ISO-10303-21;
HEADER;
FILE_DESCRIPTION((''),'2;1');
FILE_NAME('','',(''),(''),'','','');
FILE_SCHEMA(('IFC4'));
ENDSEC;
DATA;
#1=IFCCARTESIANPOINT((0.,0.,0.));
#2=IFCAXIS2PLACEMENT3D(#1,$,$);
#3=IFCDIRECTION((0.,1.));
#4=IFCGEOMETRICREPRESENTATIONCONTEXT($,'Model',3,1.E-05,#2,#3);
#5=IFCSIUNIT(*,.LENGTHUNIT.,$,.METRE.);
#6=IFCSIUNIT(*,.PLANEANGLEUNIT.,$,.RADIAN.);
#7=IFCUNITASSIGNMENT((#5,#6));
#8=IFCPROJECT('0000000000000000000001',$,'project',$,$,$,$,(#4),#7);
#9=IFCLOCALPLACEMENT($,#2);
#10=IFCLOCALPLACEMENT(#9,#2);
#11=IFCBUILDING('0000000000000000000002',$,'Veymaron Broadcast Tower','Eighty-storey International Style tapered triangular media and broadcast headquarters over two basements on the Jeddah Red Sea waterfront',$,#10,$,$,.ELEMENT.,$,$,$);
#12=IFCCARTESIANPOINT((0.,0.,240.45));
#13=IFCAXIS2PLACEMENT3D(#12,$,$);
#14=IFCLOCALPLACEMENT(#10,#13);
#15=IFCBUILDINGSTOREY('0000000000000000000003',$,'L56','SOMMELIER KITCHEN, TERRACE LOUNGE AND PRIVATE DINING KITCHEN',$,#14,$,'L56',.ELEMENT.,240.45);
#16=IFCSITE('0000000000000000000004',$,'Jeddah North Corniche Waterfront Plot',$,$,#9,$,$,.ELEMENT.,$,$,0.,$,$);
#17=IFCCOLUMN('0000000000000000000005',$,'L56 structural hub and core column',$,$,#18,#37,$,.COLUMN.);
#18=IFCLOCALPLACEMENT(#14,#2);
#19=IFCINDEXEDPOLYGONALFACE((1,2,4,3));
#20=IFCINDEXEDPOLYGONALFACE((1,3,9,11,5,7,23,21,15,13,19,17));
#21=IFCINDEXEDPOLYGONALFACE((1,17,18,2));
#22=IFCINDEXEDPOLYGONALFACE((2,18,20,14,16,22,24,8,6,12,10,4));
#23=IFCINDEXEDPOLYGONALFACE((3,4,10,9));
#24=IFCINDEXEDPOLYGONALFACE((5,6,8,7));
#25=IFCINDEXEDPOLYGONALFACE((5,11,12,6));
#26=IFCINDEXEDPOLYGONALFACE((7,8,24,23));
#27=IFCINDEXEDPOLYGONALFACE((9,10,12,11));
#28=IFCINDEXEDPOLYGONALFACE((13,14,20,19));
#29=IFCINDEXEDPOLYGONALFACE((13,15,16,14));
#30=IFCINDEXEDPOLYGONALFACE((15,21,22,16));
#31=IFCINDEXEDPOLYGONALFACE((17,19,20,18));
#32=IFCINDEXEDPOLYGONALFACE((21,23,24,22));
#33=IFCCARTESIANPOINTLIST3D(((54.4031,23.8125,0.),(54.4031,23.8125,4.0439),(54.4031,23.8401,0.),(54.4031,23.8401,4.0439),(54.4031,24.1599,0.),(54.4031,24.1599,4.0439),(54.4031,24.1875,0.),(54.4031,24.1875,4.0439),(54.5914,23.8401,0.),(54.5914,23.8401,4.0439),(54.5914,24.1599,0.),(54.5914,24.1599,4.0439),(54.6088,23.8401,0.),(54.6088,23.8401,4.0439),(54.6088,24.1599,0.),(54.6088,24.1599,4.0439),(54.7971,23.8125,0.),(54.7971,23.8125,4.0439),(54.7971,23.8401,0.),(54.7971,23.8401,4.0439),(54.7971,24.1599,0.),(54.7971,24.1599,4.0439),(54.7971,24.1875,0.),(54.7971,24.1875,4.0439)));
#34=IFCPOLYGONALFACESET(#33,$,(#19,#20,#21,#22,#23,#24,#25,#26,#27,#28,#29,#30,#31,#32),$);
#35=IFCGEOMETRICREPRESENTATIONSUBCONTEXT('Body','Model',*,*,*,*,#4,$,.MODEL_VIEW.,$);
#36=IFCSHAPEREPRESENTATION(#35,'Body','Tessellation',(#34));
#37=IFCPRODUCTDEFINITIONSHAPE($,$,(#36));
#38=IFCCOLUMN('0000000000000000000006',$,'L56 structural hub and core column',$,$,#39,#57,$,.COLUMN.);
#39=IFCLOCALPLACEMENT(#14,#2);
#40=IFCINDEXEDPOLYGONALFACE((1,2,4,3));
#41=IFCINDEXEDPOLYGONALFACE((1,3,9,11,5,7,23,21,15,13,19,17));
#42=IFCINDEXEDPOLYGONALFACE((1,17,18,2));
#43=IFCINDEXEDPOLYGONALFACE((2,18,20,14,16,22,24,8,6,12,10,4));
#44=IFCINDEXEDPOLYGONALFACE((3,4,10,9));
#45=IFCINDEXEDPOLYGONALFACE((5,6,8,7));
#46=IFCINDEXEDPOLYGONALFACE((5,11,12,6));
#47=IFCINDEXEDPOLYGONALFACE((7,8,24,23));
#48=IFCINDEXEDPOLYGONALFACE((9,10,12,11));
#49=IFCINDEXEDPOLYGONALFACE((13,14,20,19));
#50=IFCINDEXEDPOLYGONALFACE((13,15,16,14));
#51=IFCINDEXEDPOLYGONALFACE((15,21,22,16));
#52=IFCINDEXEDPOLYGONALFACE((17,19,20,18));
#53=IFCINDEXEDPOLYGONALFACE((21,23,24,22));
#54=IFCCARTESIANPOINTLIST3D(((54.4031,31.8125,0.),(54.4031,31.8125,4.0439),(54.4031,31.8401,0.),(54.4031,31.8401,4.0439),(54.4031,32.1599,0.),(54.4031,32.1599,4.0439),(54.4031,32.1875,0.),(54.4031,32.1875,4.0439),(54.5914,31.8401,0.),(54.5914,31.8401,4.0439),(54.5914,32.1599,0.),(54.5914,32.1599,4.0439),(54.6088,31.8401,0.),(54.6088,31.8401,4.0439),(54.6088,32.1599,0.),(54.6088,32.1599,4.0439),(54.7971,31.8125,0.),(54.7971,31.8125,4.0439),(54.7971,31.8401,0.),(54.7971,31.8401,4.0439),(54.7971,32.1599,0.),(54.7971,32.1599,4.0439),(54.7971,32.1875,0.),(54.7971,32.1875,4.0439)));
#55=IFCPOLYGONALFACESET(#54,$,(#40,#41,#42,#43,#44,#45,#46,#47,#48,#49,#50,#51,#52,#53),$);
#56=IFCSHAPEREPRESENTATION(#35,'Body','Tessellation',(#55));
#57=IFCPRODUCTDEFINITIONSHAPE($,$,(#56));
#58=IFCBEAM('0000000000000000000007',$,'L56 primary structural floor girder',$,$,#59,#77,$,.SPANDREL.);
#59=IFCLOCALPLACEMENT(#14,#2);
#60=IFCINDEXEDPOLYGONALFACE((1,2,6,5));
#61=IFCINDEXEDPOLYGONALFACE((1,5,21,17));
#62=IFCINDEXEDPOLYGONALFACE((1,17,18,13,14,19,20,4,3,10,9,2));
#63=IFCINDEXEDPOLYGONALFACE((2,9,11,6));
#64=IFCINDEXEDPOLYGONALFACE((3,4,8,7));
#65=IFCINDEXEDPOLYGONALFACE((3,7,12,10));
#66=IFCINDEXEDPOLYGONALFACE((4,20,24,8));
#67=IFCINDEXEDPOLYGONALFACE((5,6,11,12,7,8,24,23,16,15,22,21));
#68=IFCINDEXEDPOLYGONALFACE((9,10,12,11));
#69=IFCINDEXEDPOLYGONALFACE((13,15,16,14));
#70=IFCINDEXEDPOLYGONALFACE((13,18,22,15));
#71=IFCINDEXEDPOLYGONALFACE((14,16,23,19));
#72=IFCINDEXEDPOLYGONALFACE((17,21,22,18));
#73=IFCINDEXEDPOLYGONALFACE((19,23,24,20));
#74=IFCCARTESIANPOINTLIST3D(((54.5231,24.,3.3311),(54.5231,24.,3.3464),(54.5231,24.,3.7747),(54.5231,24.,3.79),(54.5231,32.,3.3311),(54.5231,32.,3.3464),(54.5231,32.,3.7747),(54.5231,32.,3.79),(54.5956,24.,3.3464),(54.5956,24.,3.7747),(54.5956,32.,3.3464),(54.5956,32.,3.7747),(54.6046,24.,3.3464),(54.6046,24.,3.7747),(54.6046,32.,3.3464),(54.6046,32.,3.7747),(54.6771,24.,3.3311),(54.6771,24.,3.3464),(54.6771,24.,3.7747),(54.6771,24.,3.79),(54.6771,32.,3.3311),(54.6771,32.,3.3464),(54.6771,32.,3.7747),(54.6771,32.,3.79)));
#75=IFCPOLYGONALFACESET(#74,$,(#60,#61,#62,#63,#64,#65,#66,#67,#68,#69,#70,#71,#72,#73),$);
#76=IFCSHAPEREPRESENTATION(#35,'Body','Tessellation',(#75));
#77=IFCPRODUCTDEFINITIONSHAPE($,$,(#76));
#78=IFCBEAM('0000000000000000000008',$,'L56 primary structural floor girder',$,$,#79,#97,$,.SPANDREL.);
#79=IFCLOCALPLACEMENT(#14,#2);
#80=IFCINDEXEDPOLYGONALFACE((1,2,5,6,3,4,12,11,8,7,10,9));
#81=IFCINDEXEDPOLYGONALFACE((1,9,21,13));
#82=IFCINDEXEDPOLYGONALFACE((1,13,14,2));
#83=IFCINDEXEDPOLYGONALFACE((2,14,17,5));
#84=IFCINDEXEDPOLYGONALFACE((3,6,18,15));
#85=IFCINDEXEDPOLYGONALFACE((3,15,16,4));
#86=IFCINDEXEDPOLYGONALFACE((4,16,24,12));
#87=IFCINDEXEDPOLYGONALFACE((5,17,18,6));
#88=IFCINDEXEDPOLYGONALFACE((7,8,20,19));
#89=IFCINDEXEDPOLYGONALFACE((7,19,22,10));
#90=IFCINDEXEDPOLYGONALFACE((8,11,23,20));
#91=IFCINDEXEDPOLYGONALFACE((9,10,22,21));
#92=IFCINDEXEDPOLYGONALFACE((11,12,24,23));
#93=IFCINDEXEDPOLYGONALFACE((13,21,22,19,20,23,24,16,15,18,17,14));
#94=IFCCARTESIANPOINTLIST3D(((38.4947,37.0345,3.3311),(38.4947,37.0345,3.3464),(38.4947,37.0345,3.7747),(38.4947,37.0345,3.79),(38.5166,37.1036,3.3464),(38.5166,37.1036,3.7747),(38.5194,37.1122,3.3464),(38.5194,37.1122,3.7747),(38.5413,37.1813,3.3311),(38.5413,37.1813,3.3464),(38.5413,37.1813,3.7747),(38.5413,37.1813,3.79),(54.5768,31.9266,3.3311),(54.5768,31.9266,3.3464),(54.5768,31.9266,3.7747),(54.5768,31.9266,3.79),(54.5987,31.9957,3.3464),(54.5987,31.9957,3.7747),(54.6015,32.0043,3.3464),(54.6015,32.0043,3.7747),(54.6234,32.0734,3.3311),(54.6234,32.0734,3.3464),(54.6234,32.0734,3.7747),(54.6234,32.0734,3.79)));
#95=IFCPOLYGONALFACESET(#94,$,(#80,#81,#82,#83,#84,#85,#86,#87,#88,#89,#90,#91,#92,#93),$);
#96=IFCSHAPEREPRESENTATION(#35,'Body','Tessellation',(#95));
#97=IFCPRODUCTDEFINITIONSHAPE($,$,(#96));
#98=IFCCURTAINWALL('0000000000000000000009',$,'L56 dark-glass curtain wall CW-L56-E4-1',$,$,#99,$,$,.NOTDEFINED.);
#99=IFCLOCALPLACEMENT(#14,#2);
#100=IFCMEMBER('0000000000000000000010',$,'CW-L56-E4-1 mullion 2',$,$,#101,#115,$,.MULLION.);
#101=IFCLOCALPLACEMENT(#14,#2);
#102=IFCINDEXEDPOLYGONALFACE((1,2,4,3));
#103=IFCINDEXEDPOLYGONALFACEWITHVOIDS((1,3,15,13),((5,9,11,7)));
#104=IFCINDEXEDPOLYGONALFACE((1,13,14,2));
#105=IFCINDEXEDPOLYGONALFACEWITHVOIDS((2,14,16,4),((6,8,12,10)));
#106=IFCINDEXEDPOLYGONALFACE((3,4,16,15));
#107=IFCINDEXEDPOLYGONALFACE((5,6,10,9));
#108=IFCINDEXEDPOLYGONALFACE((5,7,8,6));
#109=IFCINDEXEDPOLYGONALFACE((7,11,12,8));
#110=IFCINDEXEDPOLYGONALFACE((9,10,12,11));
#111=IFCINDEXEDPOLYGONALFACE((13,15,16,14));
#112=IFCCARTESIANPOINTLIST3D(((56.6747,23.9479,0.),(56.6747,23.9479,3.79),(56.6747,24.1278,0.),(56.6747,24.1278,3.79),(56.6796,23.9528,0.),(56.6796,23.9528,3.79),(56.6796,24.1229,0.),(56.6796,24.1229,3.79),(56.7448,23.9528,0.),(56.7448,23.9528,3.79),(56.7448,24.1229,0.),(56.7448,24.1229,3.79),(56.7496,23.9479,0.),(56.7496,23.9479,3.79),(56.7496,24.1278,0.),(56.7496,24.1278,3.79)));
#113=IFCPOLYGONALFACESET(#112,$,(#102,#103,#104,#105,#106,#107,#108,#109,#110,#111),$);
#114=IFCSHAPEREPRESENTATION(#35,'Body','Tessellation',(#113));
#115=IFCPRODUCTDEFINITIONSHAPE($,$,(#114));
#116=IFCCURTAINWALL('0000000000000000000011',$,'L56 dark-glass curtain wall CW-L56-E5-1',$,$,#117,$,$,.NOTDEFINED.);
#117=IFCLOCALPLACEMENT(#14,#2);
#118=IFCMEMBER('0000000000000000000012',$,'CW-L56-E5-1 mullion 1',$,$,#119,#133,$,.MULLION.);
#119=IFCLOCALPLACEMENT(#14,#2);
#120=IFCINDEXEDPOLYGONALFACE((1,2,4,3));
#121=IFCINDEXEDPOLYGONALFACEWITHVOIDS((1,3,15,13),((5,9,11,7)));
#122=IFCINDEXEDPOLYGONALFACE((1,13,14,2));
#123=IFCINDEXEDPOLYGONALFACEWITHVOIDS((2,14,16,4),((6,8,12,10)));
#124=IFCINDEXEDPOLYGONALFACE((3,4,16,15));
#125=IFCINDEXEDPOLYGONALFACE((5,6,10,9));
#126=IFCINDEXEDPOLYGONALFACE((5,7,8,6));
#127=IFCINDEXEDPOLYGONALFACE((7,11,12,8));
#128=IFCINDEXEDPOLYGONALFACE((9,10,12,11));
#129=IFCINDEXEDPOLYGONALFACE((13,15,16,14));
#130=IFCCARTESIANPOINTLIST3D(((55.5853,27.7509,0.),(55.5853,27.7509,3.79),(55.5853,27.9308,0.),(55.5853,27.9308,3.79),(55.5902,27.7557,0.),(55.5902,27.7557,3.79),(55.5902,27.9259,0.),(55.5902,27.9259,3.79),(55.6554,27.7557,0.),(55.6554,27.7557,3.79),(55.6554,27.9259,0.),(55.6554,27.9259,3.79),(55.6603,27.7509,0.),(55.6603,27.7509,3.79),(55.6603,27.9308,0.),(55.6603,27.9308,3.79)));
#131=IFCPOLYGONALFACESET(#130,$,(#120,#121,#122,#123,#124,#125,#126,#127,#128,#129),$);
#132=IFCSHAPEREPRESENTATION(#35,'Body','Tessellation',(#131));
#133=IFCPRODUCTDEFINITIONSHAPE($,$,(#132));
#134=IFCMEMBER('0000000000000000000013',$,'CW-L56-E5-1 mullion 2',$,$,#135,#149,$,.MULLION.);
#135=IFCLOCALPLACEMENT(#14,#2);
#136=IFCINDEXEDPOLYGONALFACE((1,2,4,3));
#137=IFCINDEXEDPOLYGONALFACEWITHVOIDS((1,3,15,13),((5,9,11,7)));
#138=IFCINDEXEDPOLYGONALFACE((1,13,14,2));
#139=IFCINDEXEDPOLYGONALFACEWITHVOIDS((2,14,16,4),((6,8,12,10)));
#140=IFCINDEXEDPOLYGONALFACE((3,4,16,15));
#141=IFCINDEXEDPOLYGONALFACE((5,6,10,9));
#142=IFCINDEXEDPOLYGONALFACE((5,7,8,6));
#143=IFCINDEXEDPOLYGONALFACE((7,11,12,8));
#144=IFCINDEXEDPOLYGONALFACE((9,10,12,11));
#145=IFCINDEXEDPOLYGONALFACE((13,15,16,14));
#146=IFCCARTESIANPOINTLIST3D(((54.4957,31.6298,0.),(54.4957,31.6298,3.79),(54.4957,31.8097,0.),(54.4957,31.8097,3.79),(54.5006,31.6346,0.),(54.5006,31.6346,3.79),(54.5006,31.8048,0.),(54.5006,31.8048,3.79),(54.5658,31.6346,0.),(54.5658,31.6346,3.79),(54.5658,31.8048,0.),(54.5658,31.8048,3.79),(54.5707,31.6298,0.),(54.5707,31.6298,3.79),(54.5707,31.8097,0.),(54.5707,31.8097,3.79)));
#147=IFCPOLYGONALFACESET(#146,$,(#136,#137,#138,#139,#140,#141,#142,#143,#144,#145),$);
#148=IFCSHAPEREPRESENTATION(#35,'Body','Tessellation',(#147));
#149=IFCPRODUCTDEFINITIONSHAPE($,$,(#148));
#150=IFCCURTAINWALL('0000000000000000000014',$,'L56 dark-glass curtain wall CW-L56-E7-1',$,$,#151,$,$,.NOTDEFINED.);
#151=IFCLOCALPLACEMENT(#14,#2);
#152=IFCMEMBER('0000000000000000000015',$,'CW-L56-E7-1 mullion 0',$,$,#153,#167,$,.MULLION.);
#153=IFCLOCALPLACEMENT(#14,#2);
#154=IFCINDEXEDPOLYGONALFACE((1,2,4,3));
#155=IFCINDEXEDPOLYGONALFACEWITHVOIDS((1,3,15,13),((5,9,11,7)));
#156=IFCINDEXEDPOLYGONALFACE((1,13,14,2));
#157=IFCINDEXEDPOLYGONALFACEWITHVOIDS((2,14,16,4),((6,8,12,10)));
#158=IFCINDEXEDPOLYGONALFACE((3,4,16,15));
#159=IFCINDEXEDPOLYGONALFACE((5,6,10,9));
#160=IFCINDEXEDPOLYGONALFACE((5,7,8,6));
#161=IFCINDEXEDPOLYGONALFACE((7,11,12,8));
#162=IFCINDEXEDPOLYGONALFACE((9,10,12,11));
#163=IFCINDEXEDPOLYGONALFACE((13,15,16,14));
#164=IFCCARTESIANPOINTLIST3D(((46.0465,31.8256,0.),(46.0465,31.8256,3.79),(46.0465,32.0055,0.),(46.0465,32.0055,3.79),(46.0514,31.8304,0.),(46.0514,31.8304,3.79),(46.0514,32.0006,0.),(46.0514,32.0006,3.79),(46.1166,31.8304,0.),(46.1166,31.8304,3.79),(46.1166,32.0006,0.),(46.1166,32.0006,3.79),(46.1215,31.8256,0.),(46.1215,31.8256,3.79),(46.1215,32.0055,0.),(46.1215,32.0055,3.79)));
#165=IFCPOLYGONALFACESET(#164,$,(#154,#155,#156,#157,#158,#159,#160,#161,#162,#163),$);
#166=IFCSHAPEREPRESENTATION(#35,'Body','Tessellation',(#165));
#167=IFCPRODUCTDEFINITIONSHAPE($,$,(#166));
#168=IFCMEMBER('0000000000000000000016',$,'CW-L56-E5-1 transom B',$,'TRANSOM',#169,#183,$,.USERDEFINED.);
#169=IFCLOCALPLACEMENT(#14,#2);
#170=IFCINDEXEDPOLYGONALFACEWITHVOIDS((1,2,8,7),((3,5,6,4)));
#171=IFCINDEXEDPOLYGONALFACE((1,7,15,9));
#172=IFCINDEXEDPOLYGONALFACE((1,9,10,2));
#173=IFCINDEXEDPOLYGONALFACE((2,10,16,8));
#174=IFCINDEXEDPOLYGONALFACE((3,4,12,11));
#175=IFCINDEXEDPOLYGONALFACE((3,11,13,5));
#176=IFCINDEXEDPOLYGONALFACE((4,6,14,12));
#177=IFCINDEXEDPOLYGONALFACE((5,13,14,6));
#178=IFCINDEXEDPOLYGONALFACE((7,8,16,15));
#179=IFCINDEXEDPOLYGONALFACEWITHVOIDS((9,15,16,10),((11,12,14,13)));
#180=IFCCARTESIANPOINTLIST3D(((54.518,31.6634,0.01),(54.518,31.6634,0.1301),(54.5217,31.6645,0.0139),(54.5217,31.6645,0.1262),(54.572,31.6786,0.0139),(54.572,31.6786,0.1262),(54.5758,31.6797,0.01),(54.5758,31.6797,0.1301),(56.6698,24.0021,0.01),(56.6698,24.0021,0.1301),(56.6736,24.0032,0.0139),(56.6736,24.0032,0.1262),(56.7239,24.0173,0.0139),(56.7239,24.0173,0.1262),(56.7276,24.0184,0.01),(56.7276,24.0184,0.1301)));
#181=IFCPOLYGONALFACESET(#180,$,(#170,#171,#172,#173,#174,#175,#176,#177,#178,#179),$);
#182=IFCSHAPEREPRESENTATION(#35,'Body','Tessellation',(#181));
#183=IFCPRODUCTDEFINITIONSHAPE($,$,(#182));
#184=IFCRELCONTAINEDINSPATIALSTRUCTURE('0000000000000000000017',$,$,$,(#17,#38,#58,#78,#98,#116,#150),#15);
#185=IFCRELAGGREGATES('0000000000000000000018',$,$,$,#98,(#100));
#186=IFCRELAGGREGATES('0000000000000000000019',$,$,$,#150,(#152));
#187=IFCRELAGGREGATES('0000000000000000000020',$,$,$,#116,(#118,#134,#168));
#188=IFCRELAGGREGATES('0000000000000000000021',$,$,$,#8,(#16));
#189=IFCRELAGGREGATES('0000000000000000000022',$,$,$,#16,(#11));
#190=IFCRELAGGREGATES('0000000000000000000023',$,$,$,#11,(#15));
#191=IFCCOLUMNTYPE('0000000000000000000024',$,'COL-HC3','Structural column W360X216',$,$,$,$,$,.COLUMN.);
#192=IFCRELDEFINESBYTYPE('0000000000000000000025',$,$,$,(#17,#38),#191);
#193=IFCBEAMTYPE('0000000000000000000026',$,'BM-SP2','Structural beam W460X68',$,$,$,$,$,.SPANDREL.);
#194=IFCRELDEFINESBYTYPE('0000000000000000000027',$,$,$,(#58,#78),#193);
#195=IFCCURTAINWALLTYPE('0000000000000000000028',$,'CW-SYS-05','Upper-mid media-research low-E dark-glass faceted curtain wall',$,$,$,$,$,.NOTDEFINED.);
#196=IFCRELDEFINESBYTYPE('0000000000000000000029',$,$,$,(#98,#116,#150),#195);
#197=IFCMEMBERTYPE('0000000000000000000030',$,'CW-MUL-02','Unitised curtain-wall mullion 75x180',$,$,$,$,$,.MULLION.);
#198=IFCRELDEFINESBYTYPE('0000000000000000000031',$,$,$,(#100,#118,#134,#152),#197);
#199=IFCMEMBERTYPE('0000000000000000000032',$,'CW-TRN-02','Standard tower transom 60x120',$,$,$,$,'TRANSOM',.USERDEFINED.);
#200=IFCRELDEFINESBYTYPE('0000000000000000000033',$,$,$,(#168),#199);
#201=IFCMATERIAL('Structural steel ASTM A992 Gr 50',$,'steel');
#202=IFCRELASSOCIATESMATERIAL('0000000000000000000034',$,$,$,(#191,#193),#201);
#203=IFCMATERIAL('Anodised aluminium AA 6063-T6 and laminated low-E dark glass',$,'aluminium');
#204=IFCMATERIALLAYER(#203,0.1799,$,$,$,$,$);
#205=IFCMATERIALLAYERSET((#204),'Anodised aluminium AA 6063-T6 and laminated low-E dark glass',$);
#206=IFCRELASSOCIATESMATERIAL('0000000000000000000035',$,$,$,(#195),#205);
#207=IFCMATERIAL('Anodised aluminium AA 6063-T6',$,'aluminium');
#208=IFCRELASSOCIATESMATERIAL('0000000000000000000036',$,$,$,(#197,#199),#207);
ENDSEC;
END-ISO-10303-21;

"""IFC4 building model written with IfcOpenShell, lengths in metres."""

from ifc_helpers import new_model, si_unit, direction, frame, origin, origin_2d, place, context, subcontext, project, spatial, hollow_rectangle, i_section, extrude, material, layer, layer_set, material_profile, profile_set, type_object, element, aggregate, save


model = new_model("IFC4")

# Units and contexts
model_context = context("Model", 3, precision=1e-05, world=origin(), true_north=direction((0.0, 1.0)))
body_context = subcontext(model_context, "Body", "Model", "MODEL_VIEW")
ifc_project = project(units=[si_unit("LENGTHUNIT", "METRE"), si_unit("PLANEANGLEUNIT", "RADIAN")], contexts=[model_context])

# Site, building, storey
site_placement = place(None, origin())
site = spatial("IfcSite", under=ifc_project, at=site_placement, Name="Jeddah North Corniche Waterfront Plot", CompositionType="ELEMENT", RefElevation=0.0)
building_placement = place(site_placement, origin())
building = spatial("IfcBuilding", under=site, at=building_placement, Name="Veymaron Broadcast Tower", Description="Eighty-storey International Style tapered triangular media and broadcast headquarters over two basements on the Jeddah Red Sea waterfront", CompositionType="ELEMENT")
storey_placement = place(building_placement, frame((0.0, 0.0, 240.45)))
storey = spatial("IfcBuildingStorey", under=building, at=storey_placement, Name="L56", Description="SOMMELIER KITCHEN, TERRACE LOUNGE AND PRIVATE DINING KITCHEN", LongName="L56", CompositionType="ELEMENT", Elevation=240.45)

# Columns
ifc_material_1 = material(Name="Structural steel ASTM A992 Gr 50", Category="steel")
ifc_material_profile_1 = material_profile(ifc_material_1, i_section(OverallWidth=0.394, OverallDepth=0.375, WebThickness=0.0173, FlangeThickness=0.0276, at=origin_2d()), Name="W360X216")
ifc_profile_set_1 = profile_set([ifc_material_profile_1], Name="Structural steel ASTM A992 Gr 50")
column_type = type_object("IfcColumnType", Name="COL-HC3", Description="Structural column W360X216", PredefinedType="COLUMN", material=ifc_profile_set_1)
for number, where, z_axis, x_axis, name in (
    (1, (54.6001, 24.0, 0.0), (0.0, 0.0, 1.0), (1.0, 0.0, 0.0), "L56 structural hub and core column"),
    (2, (54.6001, 32.0, 0.0), (0.0, 0.0, 1.0), (1.0, 0.0, 0.0), "L56 structural hub and core column"),
):
    element("IfcColumn", number, at=place(storey_placement, frame(where, z_axis=z_axis, x_axis=x_axis)), inside=storey, type_object=column_type, Name=name, PredefinedType="COLUMN", context=body_context, shape_type="SweptSolid", body=[
        extrude(i_section(OverallWidth=0.394, OverallDepth=0.375, WebThickness=0.0173, FlangeThickness=0.0276, at=origin_2d()), origin(), (0.0, 0.0, 1.0), 4.0439),
    ])

# Beams
ifc_material_profile_2 = material_profile(ifc_material_1, i_section(OverallWidth=0.1541, OverallDepth=0.459, WebThickness=0.009, FlangeThickness=0.0154, at=origin_2d()), Name="W460X68")
ifc_profile_set_2 = profile_set([ifc_material_profile_2], Name="Structural steel ASTM A992 Gr 50")
beam_type = type_object("IfcBeamType", Name="BM-SP2", Description="Structural beam W460X68", PredefinedType="SPANDREL", material=ifc_profile_set_2)
beam_1_placement = place(storey_placement, frame((54.6001, 24.0, 3.5605), z_axis=(0.0, 1.0, 0.0), x_axis=(-1.0, 0.0, 0.0)))
element("IfcBeam", 3, at=beam_1_placement, inside=storey, type_object=beam_type, Name="L56 primary structural floor girder", PredefinedType="SPANDREL", context=body_context, shape_type="SweptSolid", body=[
    extrude(i_section(OverallWidth=0.1541, OverallDepth=0.459, WebThickness=0.009, FlangeThickness=0.0154, at=origin_2d()), origin(), (0.0, 0.0, 1.0), 8.0),
])
beam_2_placement = place(storey_placement, frame((54.6001, 32.0, 3.5605), z_axis=(-0.953081, 0.302714, 0.0), x_axis=(-0.302714, -0.953081, 0.0)))
element("IfcBeam", 4, at=beam_2_placement, inside=storey, type_object=beam_type, Name="L56 primary structural floor girder", PredefinedType="SPANDREL", context=body_context, shape_type="SweptSolid", body=[
    extrude(i_section(OverallWidth=0.1541, OverallDepth=0.459, WebThickness=0.009, FlangeThickness=0.0154, at=origin_2d()), origin(), (0.0, 0.0, 1.0), 16.8738),
])

# Curtain wall, member
ifc_material_2 = material(Name="Anodised aluminium AA 6063-T6 and laminated low-E dark glass", Category="aluminium")
ifc_layer_1 = layer(ifc_material_2, 0.1799)
ifc_layer_set_1 = layer_set([ifc_layer_1], Name="Anodised aluminium AA 6063-T6 and laminated low-E dark glass")
curtain_wall_type = type_object("IfcCurtainWallType", Name="CW-SYS-05", Description="Upper-mid media-research low-E dark-glass faceted curtain wall", PredefinedType="NOTDEFINED", material=ifc_layer_set_1)
curtain_wall_1_placement = place(storey_placement, origin())
curtain_wall_1 = element("IfcCurtainWall", 5, at=curtain_wall_1_placement, inside=storey, type_object=curtain_wall_type, Name="L56 dark-glass curtain wall CW-L56-E4-1", PredefinedType="NOTDEFINED")
ifc_material_3 = material(Name="Anodised aluminium AA 6063-T6", Category="aluminium")
ifc_material_profile_3 = material_profile(ifc_material_3, hollow_rectangle(XDim=0.075, YDim=0.1799, WallThickness=0.0049, at=origin_2d()), Name="AL180X75X5")
ifc_profile_set_3 = profile_set([ifc_material_profile_3], Name="Anodised aluminium AA 6063-T6")
member_type_1 = type_object("IfcMemberType", Name="CW-MUL-02", Description="Unitised curtain-wall mullion 75x180", PredefinedType="MULLION", material=ifc_profile_set_3)
member_1_placement = place(storey_placement, frame((56.7122, 24.0378, 0.0), z_axis=(0.0, 0.0, 1.0), x_axis=(1.0, 0.0, 0.0)))
member_1 = element("IfcMember", 6, at=member_1_placement, type_object=member_type_1, Name="CW-L56-E4-1 mullion 2", PredefinedType="MULLION", context=body_context, shape_type="SweptSolid", body=[
    extrude(hollow_rectangle(XDim=0.075, YDim=0.1799, WallThickness=0.0049, at=origin_2d()), origin(), (0.0, 0.0, 1.0), 3.79),
])
aggregate(curtain_wall_1, [member_1])

# Curtain wall, members
curtain_wall_2_placement = place(storey_placement, origin())
curtain_wall_2 = element("IfcCurtainWall", 7, at=curtain_wall_2_placement, inside=storey, type_object=curtain_wall_type, Name="L56 dark-glass curtain wall CW-L56-E5-1", PredefinedType="NOTDEFINED")
member_2_placement = place(storey_placement, frame((55.6228, 27.8408, 0.0), z_axis=(0.0, 0.0, 1.0), x_axis=(1.0, 0.0, 0.0)))
member_2 = element("IfcMember", 8, at=member_2_placement, type_object=member_type_1, Name="CW-L56-E5-1 mullion 1", PredefinedType="MULLION", context=body_context, shape_type="SweptSolid", body=[
    extrude(hollow_rectangle(XDim=0.075, YDim=0.1799, WallThickness=0.0049, at=origin_2d()), origin(), (0.0, 0.0, 1.0), 3.79),
])
member_3_placement = place(storey_placement, frame((54.5332, 31.7197, 0.0), z_axis=(0.0, 0.0, 1.0), x_axis=(1.0, 0.0, 0.0)))
member_3 = element("IfcMember", 9, at=member_3_placement, type_object=member_type_1, Name="CW-L56-E5-1 mullion 2", PredefinedType="MULLION", context=body_context, shape_type="SweptSolid", body=[
    extrude(hollow_rectangle(XDim=0.075, YDim=0.1799, WallThickness=0.0049, at=origin_2d()), origin(), (0.0, 0.0, 1.0), 3.79),
])

# Curtain wall, member
curtain_wall_3_placement = place(storey_placement, origin())
curtain_wall_3 = element("IfcCurtainWall", 10, at=curtain_wall_3_placement, inside=storey, type_object=curtain_wall_type, Name="L56 dark-glass curtain wall CW-L56-E7-1", PredefinedType="NOTDEFINED")
member_4_placement = place(storey_placement, frame((46.084, 31.9155, 0.0), z_axis=(0.0, 0.0, 1.0), x_axis=(1.0, 0.0, 0.0)))
member_4 = element("IfcMember", 11, at=member_4_placement, type_object=member_type_1, Name="CW-L56-E7-1 mullion 0", PredefinedType="MULLION", context=body_context, shape_type="SweptSolid", body=[
    extrude(hollow_rectangle(XDim=0.075, YDim=0.1799, WallThickness=0.0049, at=origin_2d()), origin(), (0.0, 0.0, 1.0), 3.79),
])

# Member
ifc_material_profile_4 = material_profile(ifc_material_3, hollow_rectangle(XDim=0.0601, YDim=0.1201, WallThickness=0.0039, at=origin_2d()), Name="AL120X60X4")
ifc_profile_set_4 = profile_set([ifc_material_profile_4], Name="Anodised aluminium AA 6063-T6")
member_type_2 = type_object("IfcMemberType", Name="CW-TRN-02", Description="Standard tower transom 60x120", ElementType="TRANSOM", PredefinedType="USERDEFINED", material=ifc_profile_set_4)
member_5_placement = place(storey_placement, frame((56.6987, 24.0103, 0.0701), z_axis=(-0.270407, 0.962746, 0.0), x_axis=(-0.962746, -0.270407, 0.0)))
member_5 = element("IfcMember", 12, at=member_5_placement, type_object=member_type_2, Name="CW-L56-E5-1 transom B", ObjectType="TRANSOM", PredefinedType="USERDEFINED", context=body_context, shape_type="SweptSolid", body=[
    extrude(hollow_rectangle(XDim=0.0601, YDim=0.1201, WallThickness=0.0039, at=origin_2d()), origin(), (0.0, 0.0, 1.0), 7.9578),
])
aggregate(curtain_wall_3, [member_4])

aggregate(curtain_wall_2, [member_2, member_3, member_5])

save(model, "model.ifc")
